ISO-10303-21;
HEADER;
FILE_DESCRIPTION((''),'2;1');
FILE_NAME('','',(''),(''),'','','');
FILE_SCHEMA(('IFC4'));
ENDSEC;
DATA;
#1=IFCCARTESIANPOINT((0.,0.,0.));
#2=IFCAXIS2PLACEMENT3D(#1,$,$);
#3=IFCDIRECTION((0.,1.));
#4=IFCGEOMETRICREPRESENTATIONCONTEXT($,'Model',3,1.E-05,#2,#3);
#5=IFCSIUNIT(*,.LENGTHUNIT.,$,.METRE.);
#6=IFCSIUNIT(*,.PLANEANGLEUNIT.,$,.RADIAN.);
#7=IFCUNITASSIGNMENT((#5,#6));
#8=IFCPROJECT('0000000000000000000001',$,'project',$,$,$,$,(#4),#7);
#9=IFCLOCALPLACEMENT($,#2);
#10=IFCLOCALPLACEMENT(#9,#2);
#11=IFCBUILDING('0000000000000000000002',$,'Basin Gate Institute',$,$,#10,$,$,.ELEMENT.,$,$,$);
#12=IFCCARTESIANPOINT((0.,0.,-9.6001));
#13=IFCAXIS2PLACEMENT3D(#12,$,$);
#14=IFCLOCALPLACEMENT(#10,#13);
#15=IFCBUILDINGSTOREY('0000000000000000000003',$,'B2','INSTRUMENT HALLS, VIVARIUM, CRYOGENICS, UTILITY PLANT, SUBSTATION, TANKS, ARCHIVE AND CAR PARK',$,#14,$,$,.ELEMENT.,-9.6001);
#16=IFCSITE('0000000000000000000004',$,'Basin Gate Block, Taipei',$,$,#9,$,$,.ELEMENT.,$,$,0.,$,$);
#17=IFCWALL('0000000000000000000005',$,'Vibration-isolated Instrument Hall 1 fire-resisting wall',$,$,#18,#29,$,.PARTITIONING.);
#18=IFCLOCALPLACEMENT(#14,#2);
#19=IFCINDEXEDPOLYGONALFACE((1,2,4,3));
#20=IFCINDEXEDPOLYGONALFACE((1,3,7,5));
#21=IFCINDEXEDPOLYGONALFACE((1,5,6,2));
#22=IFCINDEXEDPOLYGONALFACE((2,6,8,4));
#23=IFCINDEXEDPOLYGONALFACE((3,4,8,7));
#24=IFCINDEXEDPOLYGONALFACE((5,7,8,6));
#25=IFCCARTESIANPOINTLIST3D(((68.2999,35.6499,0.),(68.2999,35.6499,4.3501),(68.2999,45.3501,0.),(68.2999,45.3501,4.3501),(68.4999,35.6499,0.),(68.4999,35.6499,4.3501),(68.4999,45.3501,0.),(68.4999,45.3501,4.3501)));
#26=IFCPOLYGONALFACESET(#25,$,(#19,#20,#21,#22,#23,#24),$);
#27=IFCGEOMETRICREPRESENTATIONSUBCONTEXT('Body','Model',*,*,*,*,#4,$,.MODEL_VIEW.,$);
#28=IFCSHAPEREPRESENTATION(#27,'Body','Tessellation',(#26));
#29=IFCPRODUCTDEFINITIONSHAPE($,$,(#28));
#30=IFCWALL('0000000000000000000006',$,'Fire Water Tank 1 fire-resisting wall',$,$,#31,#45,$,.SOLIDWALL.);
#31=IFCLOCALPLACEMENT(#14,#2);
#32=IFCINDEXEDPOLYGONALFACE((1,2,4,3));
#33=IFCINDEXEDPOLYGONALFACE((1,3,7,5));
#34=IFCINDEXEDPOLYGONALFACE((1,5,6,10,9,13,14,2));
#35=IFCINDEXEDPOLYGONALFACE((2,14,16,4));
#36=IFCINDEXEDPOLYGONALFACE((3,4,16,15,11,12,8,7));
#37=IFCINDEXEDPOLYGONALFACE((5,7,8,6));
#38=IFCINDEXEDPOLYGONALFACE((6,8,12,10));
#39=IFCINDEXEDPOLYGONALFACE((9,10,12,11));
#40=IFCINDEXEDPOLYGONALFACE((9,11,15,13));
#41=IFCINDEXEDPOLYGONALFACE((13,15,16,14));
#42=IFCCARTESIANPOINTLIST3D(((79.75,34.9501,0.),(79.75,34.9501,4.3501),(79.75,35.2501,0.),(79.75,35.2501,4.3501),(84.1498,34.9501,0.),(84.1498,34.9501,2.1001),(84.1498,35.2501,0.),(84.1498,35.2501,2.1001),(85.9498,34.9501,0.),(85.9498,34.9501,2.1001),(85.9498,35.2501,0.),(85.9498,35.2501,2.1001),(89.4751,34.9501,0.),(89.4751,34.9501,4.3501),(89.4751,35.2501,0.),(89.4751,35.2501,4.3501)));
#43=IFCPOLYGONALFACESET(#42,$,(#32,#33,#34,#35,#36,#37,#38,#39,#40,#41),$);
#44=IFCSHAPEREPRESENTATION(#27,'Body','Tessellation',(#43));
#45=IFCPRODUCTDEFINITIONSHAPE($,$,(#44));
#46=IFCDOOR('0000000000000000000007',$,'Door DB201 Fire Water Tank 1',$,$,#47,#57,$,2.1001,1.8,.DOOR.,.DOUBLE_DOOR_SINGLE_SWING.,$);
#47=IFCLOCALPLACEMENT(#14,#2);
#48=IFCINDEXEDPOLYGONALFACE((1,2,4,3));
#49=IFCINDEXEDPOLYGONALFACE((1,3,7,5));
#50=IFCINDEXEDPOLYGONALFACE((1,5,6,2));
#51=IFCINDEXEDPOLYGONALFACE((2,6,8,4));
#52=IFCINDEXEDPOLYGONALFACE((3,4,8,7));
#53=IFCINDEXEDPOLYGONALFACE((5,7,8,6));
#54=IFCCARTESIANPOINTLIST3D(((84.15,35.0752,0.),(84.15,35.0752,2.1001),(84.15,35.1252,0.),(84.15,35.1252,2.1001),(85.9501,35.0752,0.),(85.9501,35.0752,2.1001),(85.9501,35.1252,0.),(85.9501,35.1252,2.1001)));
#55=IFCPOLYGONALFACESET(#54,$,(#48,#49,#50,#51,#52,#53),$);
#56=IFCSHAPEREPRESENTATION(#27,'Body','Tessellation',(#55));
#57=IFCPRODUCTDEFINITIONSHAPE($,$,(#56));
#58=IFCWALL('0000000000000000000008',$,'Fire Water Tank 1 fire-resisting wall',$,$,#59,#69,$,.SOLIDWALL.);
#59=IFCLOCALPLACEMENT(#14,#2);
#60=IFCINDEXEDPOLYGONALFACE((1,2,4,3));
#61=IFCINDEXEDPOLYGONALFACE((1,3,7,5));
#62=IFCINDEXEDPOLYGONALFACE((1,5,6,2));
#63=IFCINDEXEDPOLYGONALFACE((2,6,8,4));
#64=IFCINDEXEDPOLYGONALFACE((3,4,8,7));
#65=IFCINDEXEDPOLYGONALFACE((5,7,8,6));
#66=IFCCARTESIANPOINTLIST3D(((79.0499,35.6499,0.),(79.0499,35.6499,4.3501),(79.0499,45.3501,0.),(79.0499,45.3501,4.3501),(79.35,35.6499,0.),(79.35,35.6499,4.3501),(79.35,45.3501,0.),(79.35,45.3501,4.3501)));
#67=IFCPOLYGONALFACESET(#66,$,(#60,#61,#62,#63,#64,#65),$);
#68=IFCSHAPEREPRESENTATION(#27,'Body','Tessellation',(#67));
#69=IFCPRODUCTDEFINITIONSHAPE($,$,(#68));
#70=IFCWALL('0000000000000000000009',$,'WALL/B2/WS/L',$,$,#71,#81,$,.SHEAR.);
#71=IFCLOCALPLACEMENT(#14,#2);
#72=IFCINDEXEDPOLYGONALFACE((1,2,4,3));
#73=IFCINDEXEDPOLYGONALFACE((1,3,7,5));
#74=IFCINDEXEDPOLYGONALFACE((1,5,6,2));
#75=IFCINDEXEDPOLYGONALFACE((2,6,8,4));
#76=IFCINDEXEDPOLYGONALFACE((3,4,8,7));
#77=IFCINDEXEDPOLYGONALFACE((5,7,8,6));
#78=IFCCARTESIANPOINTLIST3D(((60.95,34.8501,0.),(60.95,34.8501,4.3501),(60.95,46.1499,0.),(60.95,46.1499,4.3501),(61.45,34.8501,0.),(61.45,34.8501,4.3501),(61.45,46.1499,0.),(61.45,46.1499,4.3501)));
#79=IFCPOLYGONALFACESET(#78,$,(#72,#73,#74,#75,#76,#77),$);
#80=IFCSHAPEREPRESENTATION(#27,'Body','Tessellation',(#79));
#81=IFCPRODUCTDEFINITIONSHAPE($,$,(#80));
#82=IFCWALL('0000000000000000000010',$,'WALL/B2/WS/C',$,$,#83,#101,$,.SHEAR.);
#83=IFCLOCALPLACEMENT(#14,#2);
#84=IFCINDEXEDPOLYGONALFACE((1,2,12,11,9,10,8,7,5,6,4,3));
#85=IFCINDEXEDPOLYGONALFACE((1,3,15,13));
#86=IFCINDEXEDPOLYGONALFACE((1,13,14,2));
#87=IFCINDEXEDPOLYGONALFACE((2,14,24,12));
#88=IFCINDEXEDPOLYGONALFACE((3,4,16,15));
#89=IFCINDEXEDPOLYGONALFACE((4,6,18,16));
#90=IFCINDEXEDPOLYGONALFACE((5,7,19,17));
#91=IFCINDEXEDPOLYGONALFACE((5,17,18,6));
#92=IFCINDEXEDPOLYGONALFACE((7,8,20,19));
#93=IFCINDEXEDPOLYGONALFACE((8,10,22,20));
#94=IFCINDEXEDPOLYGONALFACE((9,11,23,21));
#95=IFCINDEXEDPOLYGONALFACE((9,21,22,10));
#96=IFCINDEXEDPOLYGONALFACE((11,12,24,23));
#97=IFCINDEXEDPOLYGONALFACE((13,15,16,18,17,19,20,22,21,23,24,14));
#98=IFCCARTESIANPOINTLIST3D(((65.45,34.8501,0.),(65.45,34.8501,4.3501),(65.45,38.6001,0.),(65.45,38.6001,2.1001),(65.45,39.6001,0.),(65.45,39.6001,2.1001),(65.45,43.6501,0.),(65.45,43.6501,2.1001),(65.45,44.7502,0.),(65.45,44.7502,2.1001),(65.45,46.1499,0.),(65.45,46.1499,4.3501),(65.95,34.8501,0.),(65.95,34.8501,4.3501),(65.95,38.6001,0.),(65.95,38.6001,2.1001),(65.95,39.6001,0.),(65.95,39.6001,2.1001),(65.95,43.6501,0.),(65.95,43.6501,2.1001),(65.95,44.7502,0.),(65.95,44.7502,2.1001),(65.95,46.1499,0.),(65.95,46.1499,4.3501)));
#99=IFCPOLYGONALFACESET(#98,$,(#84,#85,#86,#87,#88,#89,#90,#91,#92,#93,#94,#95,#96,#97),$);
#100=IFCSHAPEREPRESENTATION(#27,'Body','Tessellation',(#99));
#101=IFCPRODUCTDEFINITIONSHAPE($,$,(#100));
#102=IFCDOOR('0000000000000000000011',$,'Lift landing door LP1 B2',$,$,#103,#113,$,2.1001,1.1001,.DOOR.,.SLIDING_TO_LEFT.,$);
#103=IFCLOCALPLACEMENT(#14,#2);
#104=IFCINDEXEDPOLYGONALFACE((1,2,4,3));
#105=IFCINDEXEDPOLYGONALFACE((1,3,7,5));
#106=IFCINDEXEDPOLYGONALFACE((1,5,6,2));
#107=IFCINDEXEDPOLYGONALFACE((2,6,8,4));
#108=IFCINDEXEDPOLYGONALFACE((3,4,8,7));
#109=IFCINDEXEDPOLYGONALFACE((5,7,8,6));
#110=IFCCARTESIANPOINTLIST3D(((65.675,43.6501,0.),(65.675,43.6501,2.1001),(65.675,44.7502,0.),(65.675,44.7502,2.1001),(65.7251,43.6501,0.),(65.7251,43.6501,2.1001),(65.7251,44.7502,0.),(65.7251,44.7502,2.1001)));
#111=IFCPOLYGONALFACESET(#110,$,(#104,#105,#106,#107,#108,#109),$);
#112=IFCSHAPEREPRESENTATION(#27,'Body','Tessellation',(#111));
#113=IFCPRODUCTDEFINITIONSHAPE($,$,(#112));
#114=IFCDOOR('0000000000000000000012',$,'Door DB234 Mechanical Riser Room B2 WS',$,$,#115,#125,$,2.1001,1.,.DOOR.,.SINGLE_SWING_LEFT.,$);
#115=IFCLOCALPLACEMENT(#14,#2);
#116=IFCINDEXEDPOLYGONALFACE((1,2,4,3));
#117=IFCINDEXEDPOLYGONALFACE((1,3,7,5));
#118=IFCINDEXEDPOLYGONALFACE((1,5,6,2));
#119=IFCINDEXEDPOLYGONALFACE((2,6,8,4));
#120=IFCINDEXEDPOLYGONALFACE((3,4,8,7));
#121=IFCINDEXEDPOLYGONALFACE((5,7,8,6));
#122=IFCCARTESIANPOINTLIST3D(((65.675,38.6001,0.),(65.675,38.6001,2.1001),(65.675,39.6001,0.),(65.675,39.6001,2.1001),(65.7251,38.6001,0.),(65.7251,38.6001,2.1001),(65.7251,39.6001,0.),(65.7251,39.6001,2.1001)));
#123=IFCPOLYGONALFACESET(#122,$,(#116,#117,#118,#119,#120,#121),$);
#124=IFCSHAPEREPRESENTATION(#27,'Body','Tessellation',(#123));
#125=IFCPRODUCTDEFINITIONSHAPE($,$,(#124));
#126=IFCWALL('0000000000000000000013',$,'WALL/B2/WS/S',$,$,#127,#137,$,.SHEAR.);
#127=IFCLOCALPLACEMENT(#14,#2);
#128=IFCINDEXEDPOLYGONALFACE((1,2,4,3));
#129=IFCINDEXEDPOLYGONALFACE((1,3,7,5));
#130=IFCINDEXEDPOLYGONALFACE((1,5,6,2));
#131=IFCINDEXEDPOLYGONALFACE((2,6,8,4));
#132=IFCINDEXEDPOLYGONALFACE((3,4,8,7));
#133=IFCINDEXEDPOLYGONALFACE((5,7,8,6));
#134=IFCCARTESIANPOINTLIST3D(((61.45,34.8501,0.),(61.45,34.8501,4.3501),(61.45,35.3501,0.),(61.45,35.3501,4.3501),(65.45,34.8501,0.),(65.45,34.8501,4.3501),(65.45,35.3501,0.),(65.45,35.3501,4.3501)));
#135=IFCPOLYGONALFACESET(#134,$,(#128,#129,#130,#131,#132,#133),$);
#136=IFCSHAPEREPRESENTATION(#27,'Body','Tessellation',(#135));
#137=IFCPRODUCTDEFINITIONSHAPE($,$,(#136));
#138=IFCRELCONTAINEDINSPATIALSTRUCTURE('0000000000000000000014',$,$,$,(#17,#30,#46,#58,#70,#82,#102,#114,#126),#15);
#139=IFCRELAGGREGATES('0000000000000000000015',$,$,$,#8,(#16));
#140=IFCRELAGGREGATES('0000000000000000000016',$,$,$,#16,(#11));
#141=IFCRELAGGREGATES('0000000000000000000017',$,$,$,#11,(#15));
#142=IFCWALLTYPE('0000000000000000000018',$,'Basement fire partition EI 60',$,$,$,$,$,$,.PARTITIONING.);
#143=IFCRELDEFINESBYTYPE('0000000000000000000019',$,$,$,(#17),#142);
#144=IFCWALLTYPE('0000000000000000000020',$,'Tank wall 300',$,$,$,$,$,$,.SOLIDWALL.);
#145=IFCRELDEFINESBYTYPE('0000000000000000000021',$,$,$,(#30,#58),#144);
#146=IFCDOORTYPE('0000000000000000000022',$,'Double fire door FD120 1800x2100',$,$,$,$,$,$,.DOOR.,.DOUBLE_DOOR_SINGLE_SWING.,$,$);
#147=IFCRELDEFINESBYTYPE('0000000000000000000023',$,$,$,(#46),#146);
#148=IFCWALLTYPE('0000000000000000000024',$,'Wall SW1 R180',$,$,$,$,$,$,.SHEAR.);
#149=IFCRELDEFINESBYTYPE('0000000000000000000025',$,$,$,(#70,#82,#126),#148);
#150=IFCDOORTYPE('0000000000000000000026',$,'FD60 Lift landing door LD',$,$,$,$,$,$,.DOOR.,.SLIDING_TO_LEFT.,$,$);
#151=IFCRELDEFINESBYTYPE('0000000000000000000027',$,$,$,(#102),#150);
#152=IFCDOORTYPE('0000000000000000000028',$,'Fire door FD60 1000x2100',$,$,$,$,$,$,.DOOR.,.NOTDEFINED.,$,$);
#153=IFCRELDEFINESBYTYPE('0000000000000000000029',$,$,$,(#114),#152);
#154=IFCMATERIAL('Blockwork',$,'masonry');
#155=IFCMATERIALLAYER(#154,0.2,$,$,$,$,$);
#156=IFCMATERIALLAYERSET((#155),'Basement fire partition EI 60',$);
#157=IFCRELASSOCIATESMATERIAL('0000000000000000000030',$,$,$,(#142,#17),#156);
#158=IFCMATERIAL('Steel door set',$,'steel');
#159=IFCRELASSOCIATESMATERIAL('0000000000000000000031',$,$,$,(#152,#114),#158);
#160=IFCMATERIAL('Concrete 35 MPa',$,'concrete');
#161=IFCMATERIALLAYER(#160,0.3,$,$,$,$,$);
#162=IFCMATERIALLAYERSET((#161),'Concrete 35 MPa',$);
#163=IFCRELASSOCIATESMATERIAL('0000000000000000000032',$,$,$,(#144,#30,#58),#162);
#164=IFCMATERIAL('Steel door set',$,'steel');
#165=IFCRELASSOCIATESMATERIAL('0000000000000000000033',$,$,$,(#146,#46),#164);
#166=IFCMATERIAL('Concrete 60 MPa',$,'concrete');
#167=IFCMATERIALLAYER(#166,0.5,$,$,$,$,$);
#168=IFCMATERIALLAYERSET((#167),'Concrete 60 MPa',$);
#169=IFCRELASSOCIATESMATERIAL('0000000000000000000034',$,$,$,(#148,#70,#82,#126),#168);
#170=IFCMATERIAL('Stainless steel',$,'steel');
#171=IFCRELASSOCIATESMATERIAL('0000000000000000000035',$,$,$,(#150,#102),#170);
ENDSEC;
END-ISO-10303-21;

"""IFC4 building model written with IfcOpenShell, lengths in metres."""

from ifc_helpers import new_model, si_unit, direction, frame, frame_2d, origin, place, context, subcontext, project, spatial, rectangle, extrude, material, layer, layer_set, type_object, element, fill, save


model = new_model("IFC4")

# Units and contexts
model_context = context("Model", 3, precision=1e-05, world=origin(), true_north=direction((0.0, 1.0)))
body_context = subcontext(model_context, "Body", "Model", "MODEL_VIEW")
ifc_project = project(units=[si_unit("LENGTHUNIT", "METRE"), si_unit("PLANEANGLEUNIT", "RADIAN")], contexts=[model_context])

# Site, building, storey
site_placement = place(None, origin())
site = spatial("IfcSite", under=ifc_project, at=site_placement, Name="Basin Gate Block, Taipei", CompositionType="ELEMENT", RefElevation=0.0)
building_placement = place(site_placement, origin())
building = spatial("IfcBuilding", under=site, at=building_placement, Name="Basin Gate Institute", CompositionType="ELEMENT")
storey_placement = place(building_placement, frame((0.0, 0.0, -9.6001)))
storey = spatial("IfcBuildingStorey", under=building, at=storey_placement, Name="B2", Description="INSTRUMENT HALLS, VIVARIUM, CRYOGENICS, UTILITY PLANT, SUBSTATION, TANKS, ARCHIVE AND CAR PARK", CompositionType="ELEMENT", Elevation=-9.6001)

# Shared definitions
ifc_material_1 = material(Name="Blockwork", Category="masonry")
ifc_layer_1 = layer(ifc_material_1, 0.2)
ifc_layer_set_1 = layer_set([ifc_layer_1], Name="Basement fire partition EI 60")
wall_type_1 = type_object("IfcWallType", Name="Basement fire partition EI 60", PredefinedType="PARTITIONING", material=ifc_layer_set_1)
ifc_material_2 = material(Name="Steel door set", Category="steel")
door_type_1 = type_object("IfcDoorType", Name="Fire door FD60 1000x2100", OperationType="NOTDEFINED", PredefinedType="DOOR", material=ifc_material_2)

# Wall
wall_1_placement = place(storey_placement, frame((68.3999, 35.6499, 0.0), z_axis=(0.0, 0.0, 1.0), x_axis=(0.0, 1.0, 0.0)))
element("IfcWall", 1, at=wall_1_placement, inside=storey, type_object=wall_type_1, material=ifc_layer_set_1, Name="Vibration-isolated Instrument Hall 1 fire-resisting wall", PredefinedType="PARTITIONING", context=body_context, shape_type="SweptSolid", body=[
    extrude(rectangle(XDim=9.7002, YDim=0.2, at=frame_2d((4.8501, 0.0))), origin(), (0.0, 0.0, 1.0), 4.3501),
])

# Wall, opening, door
ifc_material_3 = material(Name="Concrete 35 MPa", Category="concrete")
ifc_layer_2 = layer(ifc_material_3, 0.3)
ifc_layer_set_2 = layer_set([ifc_layer_2], Name="Concrete 35 MPa")
wall_type_2 = type_object("IfcWallType", Name="Tank wall 300", PredefinedType="SOLIDWALL", material=ifc_layer_set_2)
wall_2_placement = place(storey_placement, frame((79.75, 35.1001, 0.0), z_axis=(0.0, 0.0, 1.0), x_axis=(1.0, 0.0, 0.0)))
wall_2 = element("IfcWall", 2, at=wall_2_placement, inside=storey, type_object=wall_type_2, material=ifc_layer_set_2, Name="Fire Water Tank 1 fire-resisting wall", PredefinedType="SOLIDWALL", context=body_context, shape_type="SweptSolid", body=[
    extrude(rectangle(XDim=9.7251, YDim=0.3, at=frame_2d((4.8625, 0.0))), origin(), (0.0, 0.0, 1.0), 4.3501),
])
opening_1_placement = place(wall_2_placement, frame((4.3999, 0.0, 0.0)))
opening_1 = element("IfcOpeningElement", 3, at=opening_1_placement, cuts=wall_2, PredefinedType="OPENING", context=body_context, shape_type="SweptSolid", body=[
    extrude(rectangle(XDim=1.8, YDim=2.1001, at=frame_2d((0.8999, 1.05))), frame((0.0, 0.1602, 0.0), z_axis=(0.0, -1.0, 0.0), x_axis=(1.0, 0.0, 0.0)), (0.0, 0.0, 1.0), 0.3201),
])
ifc_material_4 = material(Name="Steel door set", Category="steel")
door_type_2 = type_object("IfcDoorType", Name="Double fire door FD120 1800x2100", OperationType="DOUBLE_DOOR_SINGLE_SWING", PredefinedType="DOOR", material=ifc_material_4)
door_1_placement = place(opening_1_placement, frame((1.8, 0.0, 0.0), z_axis=(0.0, 0.0, 1.0), x_axis=(-1.0, 0.0, 0.0)))
door_1 = element("IfcDoor", 4, at=door_1_placement, inside=storey, type_object=door_type_2, material=ifc_material_4, Name="Door DB201 Fire Water Tank 1", OperationType="DOUBLE_DOOR_SINGLE_SWING", OverallHeight=2.1001, OverallWidth=1.8, PredefinedType="DOOR", context=body_context, shape_type="SweptSolid", body=[
    extrude(rectangle(XDim=1.8, YDim=2.1001, at=frame_2d((0.8999, 1.05))), frame((0.0, 0.0249, 0.0), z_axis=(0.0, -1.0, 0.0), x_axis=(1.0, 0.0, 0.0)), (0.0, 0.0, 1.0), 0.05),
])
fill(opening_1, door_1)

# Walls
wall_3_placement = place(storey_placement, frame((79.2, 35.6499, 0.0), z_axis=(0.0, 0.0, 1.0), x_axis=(0.0, 1.0, 0.0)))
element("IfcWall", 5, at=wall_3_placement, inside=storey, type_object=wall_type_2, material=ifc_layer_set_2, Name="Fire Water Tank 1 fire-resisting wall", PredefinedType="SOLIDWALL", context=body_context, shape_type="SweptSolid", body=[
    extrude(rectangle(XDim=9.7002, YDim=0.3, at=frame_2d((4.8501, 0.0))), origin(), (0.0, 0.0, 1.0), 4.3501),
])
ifc_material_5 = material(Name="Concrete 60 MPa", Category="concrete")
ifc_layer_3 = layer(ifc_material_5, 0.5)
ifc_layer_set_3 = layer_set([ifc_layer_3], Name="Concrete 60 MPa")
wall_type_3 = type_object("IfcWallType", Name="Wall SW1 R180", PredefinedType="SHEAR", material=ifc_layer_set_3)
wall_4_placement = place(storey_placement, frame((61.2, 34.8501, 0.0), z_axis=(0.0, 0.0, 1.0), x_axis=(0.0, 1.0, 0.0)))
element("IfcWall", 6, at=wall_4_placement, inside=storey, type_object=wall_type_3, material=ifc_layer_set_3, Name="WALL/B2/WS/L", PredefinedType="SHEAR", context=body_context, shape_type="SweptSolid", body=[
    extrude(rectangle(XDim=11.2998, YDim=0.5, at=frame_2d((5.6499, 0.0))), origin(), (0.0, 0.0, 1.0), 4.3501),
])

# Wall, openings, doors
wall_5_placement = place(storey_placement, frame((65.7, 34.8501, 0.0), z_axis=(0.0, 0.0, 1.0), x_axis=(0.0, 1.0, 0.0)))
wall_5 = element("IfcWall", 7, at=wall_5_placement, inside=storey, type_object=wall_type_3, material=ifc_layer_set_3, Name="WALL/B2/WS/C", PredefinedType="SHEAR", context=body_context, shape_type="SweptSolid", body=[
    extrude(rectangle(XDim=11.2998, YDim=0.5, at=frame_2d((5.6499, 0.0))), origin(), (0.0, 0.0, 1.0), 4.3501),
])
opening_2_placement = place(wall_5_placement, frame((8.8, 0.0, 0.0)))
opening_2 = element("IfcOpeningElement", 8, at=opening_2_placement, cuts=wall_5, PredefinedType="OPENING", context=body_context, shape_type="SweptSolid", body=[
    extrude(rectangle(XDim=1.1001, YDim=2.1001, at=frame_2d((0.55, 1.05))), frame((0.0, 0.26, 0.0), z_axis=(0.0, -1.0, 0.0), x_axis=(1.0, 0.0, 0.0)), (0.0, 0.0, 1.0), 0.52),
])
opening_3_placement = place(wall_5_placement, frame((3.75, 0.0, 0.0)))
opening_3 = element("IfcOpeningElement", 9, at=opening_3_placement, cuts=wall_5, PredefinedType="OPENING", context=body_context, shape_type="SweptSolid", body=[
    extrude(rectangle(XDim=1.0, YDim=2.1001, at=frame_2d((0.5, 1.05))), frame((0.0, 0.26, 0.0), z_axis=(0.0, -1.0, 0.0), x_axis=(1.0, 0.0, 0.0)), (0.0, 0.0, 1.0), 0.52),
])
ifc_material_6 = material(Name="Stainless steel", Category="steel")
door_type_3 = type_object("IfcDoorType", Name="FD60 Lift landing door LD", OperationType="SLIDING_TO_LEFT", PredefinedType="DOOR", material=ifc_material_6)
door_2_placement = place(opening_2_placement, origin())
door_2 = element("IfcDoor", 10, at=door_2_placement, inside=storey, type_object=door_type_3, material=ifc_material_6, Name="Lift landing door LP1 B2", OperationType="SLIDING_TO_LEFT", OverallHeight=2.1001, OverallWidth=1.1001, PredefinedType="DOOR", context=body_context, shape_type="SweptSolid", body=[
    extrude(rectangle(XDim=1.1001, YDim=2.1001, at=frame_2d((0.55, 1.05))), frame((0.0, 0.0249, 0.0), z_axis=(0.0, -1.0, 0.0), x_axis=(1.0, 0.0, 0.0)), (0.0, 0.0, 1.0), 0.05),
])
fill(opening_2, door_2)
door_3_placement = place(opening_3_placement, origin())
door_3 = element("IfcDoor", 11, at=door_3_placement, inside=storey, type_object=door_type_1, material=ifc_material_2, Name="Door DB234 Mechanical Riser Room B2 WS", OperationType="SINGLE_SWING_LEFT", OverallHeight=2.1001, OverallWidth=1.0, PredefinedType="DOOR", context=body_context, shape_type="SweptSolid", body=[
    extrude(rectangle(XDim=1.0, YDim=2.1001, at=frame_2d((0.5, 1.05))), frame((0.0, 0.0249, 0.0), z_axis=(0.0, -1.0, 0.0), x_axis=(1.0, 0.0, 0.0)), (0.0, 0.0, 1.0), 0.05),
])
fill(opening_3, door_3)

# Wall
wall_6_placement = place(storey_placement, frame((61.45, 35.1001, 0.0), z_axis=(0.0, 0.0, 1.0), x_axis=(1.0, 0.0, 0.0)))
element("IfcWall", 12, at=wall_6_placement, inside=storey, type_object=wall_type_3, material=ifc_layer_set_3, Name="WALL/B2/WS/S", PredefinedType="SHEAR", context=body_context, shape_type="SweptSolid", body=[
    extrude(rectangle(XDim=4.0, YDim=0.5, at=frame_2d((2.0, 0.0))), origin(), (0.0, 0.0, 1.0), 4.3501),
])

save(model, "model.ifc")
